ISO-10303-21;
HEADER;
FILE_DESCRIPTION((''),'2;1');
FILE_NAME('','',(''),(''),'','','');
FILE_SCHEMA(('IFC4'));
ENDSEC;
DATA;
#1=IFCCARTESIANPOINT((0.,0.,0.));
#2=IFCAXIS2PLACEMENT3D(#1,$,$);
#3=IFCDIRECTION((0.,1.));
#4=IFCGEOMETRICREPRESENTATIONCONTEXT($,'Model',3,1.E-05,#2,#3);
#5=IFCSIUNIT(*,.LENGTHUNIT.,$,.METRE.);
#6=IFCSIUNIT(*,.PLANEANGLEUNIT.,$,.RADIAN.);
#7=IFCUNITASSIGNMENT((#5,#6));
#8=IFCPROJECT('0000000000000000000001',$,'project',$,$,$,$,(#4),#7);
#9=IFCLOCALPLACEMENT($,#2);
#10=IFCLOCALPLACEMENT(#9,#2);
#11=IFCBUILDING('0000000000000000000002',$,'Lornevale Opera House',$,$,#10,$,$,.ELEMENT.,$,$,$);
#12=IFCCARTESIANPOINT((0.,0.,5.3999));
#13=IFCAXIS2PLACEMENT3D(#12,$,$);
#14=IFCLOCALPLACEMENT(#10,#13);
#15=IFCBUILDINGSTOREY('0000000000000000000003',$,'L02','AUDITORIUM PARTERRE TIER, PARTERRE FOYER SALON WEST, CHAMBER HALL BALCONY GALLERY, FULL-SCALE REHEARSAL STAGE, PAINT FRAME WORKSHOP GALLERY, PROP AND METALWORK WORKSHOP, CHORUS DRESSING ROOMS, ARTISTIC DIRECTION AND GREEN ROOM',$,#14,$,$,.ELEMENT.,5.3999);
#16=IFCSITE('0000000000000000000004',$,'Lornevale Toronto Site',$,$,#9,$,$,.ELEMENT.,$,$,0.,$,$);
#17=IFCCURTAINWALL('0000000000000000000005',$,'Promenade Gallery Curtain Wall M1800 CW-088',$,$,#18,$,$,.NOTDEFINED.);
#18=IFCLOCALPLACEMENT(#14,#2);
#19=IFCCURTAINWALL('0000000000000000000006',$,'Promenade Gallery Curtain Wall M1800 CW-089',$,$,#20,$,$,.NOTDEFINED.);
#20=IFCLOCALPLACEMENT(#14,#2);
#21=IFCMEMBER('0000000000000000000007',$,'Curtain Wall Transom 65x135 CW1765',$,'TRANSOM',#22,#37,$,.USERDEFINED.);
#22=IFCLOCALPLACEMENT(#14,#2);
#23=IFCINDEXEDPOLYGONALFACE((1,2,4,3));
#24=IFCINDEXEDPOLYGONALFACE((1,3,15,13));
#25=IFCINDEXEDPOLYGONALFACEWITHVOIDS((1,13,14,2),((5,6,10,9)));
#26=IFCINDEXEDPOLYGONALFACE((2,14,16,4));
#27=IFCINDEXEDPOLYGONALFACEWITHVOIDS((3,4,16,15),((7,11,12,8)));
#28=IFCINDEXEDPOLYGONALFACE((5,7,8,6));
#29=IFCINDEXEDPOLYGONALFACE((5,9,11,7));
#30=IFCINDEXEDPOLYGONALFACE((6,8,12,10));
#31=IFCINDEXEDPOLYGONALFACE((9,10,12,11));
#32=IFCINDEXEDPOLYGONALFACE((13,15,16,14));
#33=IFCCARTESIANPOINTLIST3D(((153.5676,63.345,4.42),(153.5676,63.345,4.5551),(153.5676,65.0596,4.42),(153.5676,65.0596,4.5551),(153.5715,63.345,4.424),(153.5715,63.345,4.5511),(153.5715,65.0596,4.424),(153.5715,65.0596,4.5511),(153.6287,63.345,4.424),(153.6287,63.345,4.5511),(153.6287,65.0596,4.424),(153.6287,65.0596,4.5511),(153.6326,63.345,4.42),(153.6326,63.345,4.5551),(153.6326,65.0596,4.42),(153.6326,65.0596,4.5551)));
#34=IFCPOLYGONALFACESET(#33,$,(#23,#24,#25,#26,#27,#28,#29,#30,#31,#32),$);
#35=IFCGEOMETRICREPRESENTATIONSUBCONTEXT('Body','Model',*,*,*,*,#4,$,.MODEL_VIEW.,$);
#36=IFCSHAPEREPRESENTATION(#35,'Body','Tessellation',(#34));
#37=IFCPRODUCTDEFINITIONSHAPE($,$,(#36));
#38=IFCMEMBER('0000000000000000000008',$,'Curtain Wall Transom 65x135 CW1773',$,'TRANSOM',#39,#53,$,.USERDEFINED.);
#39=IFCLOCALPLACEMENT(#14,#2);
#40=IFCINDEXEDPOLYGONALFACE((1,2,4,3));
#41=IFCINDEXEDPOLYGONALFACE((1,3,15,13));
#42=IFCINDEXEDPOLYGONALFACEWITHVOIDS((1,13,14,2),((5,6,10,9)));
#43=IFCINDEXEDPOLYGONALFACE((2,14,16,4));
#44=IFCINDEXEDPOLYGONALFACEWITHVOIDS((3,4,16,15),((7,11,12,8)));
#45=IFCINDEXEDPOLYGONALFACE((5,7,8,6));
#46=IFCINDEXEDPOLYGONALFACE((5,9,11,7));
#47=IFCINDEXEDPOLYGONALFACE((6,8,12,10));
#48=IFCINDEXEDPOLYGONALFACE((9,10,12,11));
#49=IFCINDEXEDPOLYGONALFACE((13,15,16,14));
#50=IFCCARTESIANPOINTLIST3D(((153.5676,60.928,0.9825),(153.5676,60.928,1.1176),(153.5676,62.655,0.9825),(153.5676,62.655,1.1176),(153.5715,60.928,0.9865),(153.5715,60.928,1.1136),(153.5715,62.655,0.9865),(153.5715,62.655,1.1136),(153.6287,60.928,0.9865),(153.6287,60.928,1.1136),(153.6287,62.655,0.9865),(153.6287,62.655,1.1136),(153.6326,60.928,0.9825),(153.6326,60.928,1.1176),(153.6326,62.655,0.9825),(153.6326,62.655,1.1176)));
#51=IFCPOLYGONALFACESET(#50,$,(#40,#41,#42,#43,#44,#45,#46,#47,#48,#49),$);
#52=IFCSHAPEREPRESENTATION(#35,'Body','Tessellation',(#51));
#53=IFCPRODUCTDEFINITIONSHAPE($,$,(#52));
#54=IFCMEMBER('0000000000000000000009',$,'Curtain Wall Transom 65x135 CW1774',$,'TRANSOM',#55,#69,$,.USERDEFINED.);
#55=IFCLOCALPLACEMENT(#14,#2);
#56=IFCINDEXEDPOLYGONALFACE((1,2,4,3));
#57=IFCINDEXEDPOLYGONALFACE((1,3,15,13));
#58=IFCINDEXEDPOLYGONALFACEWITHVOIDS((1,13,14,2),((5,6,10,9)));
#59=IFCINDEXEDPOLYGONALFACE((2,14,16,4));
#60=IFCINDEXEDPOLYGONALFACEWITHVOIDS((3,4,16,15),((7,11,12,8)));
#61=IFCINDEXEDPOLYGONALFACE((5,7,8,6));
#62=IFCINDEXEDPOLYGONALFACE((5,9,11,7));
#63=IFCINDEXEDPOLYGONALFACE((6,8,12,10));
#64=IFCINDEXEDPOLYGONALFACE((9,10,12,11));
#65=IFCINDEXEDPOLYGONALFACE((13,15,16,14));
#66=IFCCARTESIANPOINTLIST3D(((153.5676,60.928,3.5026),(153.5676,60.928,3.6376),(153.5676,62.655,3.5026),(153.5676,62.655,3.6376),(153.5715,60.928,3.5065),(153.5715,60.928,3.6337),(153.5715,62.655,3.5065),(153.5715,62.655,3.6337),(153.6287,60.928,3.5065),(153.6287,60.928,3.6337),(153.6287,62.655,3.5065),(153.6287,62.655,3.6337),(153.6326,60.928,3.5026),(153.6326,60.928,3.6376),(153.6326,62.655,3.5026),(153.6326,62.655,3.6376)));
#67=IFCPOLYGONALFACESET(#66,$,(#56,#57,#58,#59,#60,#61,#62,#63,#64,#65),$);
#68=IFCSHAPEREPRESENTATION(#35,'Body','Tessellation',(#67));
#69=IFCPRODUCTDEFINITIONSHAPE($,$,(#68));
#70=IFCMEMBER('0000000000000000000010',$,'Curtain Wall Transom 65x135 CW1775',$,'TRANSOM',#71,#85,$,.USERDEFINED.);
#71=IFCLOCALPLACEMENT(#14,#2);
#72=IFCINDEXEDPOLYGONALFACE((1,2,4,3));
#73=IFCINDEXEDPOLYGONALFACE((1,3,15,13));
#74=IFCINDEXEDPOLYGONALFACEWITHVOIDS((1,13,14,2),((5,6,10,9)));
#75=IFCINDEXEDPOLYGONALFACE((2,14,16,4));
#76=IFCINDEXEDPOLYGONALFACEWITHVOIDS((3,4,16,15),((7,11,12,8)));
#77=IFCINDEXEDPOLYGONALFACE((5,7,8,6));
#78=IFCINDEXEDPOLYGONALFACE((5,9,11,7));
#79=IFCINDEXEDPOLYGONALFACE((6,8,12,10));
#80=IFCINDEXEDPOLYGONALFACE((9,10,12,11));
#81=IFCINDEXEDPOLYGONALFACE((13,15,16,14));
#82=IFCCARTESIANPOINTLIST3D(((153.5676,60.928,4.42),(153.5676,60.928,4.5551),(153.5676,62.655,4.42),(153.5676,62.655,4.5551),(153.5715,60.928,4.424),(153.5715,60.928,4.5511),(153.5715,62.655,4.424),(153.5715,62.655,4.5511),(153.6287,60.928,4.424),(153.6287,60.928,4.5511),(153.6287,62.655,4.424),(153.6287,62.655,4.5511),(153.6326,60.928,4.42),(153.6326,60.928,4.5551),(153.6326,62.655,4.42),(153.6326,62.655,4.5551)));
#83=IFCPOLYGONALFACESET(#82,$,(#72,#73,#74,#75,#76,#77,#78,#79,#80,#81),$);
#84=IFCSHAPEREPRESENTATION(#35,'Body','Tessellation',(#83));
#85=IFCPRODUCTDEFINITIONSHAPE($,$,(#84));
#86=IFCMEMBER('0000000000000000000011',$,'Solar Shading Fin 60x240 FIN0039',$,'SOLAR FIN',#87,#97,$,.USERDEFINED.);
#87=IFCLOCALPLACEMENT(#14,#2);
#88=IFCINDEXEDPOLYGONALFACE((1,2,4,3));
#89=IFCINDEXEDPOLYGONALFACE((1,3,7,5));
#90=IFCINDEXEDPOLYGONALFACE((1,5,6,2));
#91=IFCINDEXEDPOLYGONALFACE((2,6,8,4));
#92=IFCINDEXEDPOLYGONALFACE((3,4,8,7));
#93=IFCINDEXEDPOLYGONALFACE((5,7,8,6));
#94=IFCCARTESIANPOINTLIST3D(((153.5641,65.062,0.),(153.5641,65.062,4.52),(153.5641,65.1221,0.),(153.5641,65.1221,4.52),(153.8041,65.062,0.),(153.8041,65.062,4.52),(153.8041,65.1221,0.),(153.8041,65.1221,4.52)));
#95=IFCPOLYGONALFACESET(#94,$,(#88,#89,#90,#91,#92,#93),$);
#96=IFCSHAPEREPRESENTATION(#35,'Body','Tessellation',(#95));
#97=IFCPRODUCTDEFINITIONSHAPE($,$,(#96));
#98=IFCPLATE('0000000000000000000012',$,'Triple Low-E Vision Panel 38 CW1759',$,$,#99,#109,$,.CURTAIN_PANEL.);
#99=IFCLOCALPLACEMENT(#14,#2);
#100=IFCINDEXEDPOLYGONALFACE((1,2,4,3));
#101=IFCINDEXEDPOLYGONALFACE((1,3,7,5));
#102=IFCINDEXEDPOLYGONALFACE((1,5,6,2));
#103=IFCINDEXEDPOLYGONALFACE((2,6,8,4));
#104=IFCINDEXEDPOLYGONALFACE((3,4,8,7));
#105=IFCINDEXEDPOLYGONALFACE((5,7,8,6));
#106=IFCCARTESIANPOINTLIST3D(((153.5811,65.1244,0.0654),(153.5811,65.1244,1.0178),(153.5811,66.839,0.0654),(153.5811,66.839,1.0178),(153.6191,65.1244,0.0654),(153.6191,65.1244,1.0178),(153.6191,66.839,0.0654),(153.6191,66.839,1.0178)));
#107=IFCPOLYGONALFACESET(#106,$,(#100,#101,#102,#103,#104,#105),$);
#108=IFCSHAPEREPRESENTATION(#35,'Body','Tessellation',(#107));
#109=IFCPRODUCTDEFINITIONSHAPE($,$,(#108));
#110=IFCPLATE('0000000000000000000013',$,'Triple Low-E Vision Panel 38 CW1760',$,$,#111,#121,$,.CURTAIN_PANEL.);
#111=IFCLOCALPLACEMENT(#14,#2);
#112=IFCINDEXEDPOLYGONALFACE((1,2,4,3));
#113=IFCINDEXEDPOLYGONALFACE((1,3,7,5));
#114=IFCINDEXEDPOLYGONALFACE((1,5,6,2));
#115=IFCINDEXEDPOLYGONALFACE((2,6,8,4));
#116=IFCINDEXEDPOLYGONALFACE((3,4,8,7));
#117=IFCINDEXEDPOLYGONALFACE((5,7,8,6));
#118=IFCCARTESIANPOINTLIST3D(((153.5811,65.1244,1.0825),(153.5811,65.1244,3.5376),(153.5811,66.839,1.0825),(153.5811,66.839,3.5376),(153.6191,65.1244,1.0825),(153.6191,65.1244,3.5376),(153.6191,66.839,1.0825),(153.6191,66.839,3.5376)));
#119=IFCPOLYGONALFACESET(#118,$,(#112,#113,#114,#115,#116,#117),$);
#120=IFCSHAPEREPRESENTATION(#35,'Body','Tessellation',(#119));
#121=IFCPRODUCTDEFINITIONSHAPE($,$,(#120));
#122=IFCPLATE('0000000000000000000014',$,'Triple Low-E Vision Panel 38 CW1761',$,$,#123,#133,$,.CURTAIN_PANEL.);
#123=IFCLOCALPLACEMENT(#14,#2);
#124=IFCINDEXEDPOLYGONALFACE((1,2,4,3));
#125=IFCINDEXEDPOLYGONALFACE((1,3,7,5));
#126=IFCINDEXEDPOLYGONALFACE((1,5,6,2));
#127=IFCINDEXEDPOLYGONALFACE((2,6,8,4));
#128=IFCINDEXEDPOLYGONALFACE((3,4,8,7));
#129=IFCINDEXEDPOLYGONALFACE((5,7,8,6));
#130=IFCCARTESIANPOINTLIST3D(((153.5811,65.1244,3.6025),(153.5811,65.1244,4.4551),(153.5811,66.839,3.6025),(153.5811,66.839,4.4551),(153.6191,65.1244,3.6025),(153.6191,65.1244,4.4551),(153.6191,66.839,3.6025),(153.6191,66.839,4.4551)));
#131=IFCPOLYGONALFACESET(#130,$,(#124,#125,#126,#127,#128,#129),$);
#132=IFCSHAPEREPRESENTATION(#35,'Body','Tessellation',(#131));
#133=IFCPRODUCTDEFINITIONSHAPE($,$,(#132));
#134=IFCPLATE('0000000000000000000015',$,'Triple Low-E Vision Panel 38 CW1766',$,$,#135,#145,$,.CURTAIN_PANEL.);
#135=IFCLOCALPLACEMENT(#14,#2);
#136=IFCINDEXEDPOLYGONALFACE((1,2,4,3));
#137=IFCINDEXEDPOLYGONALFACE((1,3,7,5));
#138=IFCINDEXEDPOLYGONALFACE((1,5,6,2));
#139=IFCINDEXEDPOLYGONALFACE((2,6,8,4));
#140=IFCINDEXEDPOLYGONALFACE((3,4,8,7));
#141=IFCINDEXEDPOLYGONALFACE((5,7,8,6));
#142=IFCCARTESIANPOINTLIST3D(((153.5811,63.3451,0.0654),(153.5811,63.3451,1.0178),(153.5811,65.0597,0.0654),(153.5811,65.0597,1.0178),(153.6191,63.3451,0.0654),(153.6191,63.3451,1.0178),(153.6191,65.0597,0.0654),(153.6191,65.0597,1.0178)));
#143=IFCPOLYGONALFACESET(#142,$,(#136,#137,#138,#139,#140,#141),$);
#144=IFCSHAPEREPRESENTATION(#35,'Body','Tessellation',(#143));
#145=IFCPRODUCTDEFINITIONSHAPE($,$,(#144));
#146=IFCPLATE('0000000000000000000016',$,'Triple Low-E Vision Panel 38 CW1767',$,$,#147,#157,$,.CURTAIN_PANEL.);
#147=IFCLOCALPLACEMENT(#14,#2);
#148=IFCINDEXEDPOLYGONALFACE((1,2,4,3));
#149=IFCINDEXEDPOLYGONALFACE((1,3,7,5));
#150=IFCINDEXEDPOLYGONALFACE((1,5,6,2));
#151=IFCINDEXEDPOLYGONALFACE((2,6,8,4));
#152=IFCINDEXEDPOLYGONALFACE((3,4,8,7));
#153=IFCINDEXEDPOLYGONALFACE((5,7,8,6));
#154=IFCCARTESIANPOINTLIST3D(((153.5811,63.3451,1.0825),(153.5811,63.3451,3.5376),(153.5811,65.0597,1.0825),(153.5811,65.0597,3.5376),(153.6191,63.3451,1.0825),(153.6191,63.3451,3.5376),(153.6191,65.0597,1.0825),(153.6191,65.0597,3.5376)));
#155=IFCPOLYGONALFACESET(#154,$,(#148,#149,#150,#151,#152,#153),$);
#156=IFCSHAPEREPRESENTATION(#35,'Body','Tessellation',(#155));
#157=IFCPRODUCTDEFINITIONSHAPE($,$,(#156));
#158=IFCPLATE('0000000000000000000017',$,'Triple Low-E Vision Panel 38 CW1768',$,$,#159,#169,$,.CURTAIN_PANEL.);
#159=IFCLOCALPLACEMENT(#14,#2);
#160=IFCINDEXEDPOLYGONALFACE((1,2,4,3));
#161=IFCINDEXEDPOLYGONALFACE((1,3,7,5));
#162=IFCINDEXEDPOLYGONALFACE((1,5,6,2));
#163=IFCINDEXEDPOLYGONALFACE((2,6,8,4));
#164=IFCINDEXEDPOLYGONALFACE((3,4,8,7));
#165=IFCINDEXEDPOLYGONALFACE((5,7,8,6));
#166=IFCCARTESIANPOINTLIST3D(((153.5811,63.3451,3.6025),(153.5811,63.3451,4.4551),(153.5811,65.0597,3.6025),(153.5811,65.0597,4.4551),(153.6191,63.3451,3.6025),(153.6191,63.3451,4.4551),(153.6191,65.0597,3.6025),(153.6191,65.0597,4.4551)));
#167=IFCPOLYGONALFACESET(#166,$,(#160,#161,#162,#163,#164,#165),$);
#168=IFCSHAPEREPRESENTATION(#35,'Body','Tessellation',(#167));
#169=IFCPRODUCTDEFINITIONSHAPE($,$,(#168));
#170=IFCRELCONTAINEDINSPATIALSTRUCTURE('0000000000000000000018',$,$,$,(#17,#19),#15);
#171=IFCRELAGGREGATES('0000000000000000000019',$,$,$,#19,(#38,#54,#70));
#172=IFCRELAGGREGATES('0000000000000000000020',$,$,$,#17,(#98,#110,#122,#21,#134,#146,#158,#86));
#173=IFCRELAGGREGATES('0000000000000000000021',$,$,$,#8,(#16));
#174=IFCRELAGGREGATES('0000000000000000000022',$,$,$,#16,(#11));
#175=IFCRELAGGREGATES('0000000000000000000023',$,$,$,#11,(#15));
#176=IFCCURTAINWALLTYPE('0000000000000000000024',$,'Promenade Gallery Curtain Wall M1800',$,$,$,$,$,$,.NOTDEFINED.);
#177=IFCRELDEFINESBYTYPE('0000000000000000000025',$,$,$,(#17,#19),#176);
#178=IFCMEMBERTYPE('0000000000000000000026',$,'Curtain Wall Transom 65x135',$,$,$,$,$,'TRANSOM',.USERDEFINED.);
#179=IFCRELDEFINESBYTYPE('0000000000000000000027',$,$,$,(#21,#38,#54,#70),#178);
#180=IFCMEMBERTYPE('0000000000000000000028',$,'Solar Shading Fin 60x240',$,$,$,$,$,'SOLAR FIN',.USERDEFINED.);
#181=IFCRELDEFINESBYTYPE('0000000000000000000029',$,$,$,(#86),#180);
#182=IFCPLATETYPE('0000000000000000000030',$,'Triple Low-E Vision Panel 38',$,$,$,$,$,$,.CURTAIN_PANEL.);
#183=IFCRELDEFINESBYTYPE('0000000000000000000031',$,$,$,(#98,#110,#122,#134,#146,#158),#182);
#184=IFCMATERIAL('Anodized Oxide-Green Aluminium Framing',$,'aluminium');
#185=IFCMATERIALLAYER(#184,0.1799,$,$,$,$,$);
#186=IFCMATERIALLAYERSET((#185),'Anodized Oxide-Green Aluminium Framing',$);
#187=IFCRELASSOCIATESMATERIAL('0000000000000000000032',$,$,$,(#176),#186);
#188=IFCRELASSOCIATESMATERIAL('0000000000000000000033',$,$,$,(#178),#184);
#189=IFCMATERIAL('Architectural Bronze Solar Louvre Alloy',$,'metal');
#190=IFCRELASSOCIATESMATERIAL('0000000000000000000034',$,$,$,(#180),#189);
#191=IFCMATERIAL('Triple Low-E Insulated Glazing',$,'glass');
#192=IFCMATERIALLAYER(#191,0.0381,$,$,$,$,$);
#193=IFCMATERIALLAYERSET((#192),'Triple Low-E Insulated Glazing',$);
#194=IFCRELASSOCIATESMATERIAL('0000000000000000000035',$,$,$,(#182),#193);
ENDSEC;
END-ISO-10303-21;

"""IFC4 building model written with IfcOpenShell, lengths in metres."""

from ifc_helpers import new_model, si_unit, direction, frame, origin, origin_2d, place, context, subcontext, project, spatial, rectangle, hollow_rectangle, extrude, material, layer, layer_set, material_profile, profile_set, type_object, element, aggregate, save


model = new_model("IFC4")

# Units and contexts
model_context = context("Model", 3, precision=1e-05, world=origin(), true_north=direction((0.0, 1.0)))
body_context = subcontext(model_context, "Body", "Model", "MODEL_VIEW")
ifc_project = project(units=[si_unit("LENGTHUNIT", "METRE"), si_unit("PLANEANGLEUNIT", "RADIAN")], contexts=[model_context])

# Site, building, storey
site_placement = place(None, origin())
site = spatial("IfcSite", under=ifc_project, at=site_placement, Name="Lornevale Toronto Site", CompositionType="ELEMENT", RefElevation=0.0)
building_placement = place(site_placement, origin())
building = spatial("IfcBuilding", under=site, at=building_placement, Name="Lornevale Opera House", CompositionType="ELEMENT")
storey_placement = place(building_placement, frame((0.0, 0.0, 5.3999)))
storey = spatial("IfcBuildingStorey", under=building, at=storey_placement, Name="L02", Description="AUDITORIUM PARTERRE TIER, PARTERRE FOYER SALON WEST, CHAMBER HALL BALCONY GALLERY, FULL-SCALE REHEARSAL STAGE, PAINT FRAME WORKSHOP GALLERY, PROP AND METALWORK WORKSHOP, CHORUS DRESSING ROOMS, ARTISTIC DIRECTION AND GREEN ROOM", CompositionType="ELEMENT", Elevation=5.3999)

# Curtain wall
ifc_material_1 = material(Name="Anodized Oxide-Green Aluminium Framing", Category="aluminium")
ifc_layer_1 = layer(ifc_material_1, 0.1799)
ifc_layer_set_1 = layer_set([ifc_layer_1], Name="Anodized Oxide-Green Aluminium Framing")
curtain_wall_type = type_object("IfcCurtainWallType", Name="Promenade Gallery Curtain Wall M1800", PredefinedType="NOTDEFINED", material=ifc_layer_set_1)
curtain_wall_1_placement = place(storey_placement, origin())
curtain_wall_1 = element("IfcCurtainWall", 1, at=curtain_wall_1_placement, inside=storey, type_object=curtain_wall_type, Name="Promenade Gallery Curtain Wall M1800 CW-088", PredefinedType="NOTDEFINED")

# Curtain wall
curtain_wall_2_placement = place(storey_placement, origin())
curtain_wall_2 = element("IfcCurtainWall", 2, at=curtain_wall_2_placement, inside=storey, type_object=curtain_wall_type, Name="Promenade Gallery Curtain Wall M1800 CW-089", PredefinedType="NOTDEFINED")

# Members
ifc_material_profile_1 = material_profile(ifc_material_1, hollow_rectangle(XDim=0.0649, YDim=0.135, WallThickness=0.0039, at=origin_2d()), Name="ALU65x135x4")
ifc_profile_set_1 = profile_set([ifc_material_profile_1], Name="Anodized Oxide-Green Aluminium Framing")
member_type_1 = type_object("IfcMemberType", Name="Curtain Wall Transom 65x135", ElementType="TRANSOM", PredefinedType="USERDEFINED", material=ifc_profile_set_1)
member_1_placement = place(storey_placement, frame((153.6001, 65.0596, 4.4875), z_axis=(0.0, -1.0, 0.0), x_axis=(1.0, 0.0, 0.0)))
member_1 = element("IfcMember", 3, at=member_1_placement, type_object=member_type_1, Name="Curtain Wall Transom 65x135 CW1765", ObjectType="TRANSOM", PredefinedType="USERDEFINED", context=body_context, shape_type="SweptSolid", body=[
    extrude(hollow_rectangle(XDim=0.0649, YDim=0.135, WallThickness=0.0039, at=origin_2d()), origin(), (0.0, 0.0, 1.0), 1.7146),
])
member_2_placement = place(storey_placement, frame((153.6001, 62.655, 1.05), z_axis=(0.0, -1.0, 0.0), x_axis=(1.0, 0.0, 0.0)))
member_2 = element("IfcMember", 4, at=member_2_placement, type_object=member_type_1, Name="Curtain Wall Transom 65x135 CW1773", ObjectType="TRANSOM", PredefinedType="USERDEFINED", context=body_context, shape_type="SweptSolid", body=[
    extrude(hollow_rectangle(XDim=0.0649, YDim=0.135, WallThickness=0.0039, at=origin_2d()), origin(), (0.0, 0.0, 1.0), 1.7271),
])
member_3_placement = place(storey_placement, frame((153.6001, 62.655, 3.5701), z_axis=(0.0, -1.0, 0.0), x_axis=(1.0, 0.0, 0.0)))
member_3 = element("IfcMember", 5, at=member_3_placement, type_object=member_type_1, Name="Curtain Wall Transom 65x135 CW1774", ObjectType="TRANSOM", PredefinedType="USERDEFINED", context=body_context, shape_type="SweptSolid", body=[
    extrude(hollow_rectangle(XDim=0.0649, YDim=0.135, WallThickness=0.0039, at=origin_2d()), origin(), (0.0, 0.0, 1.0), 1.7271),
])
member_4_placement = place(storey_placement, frame((153.6001, 62.655, 4.4875), z_axis=(0.0, -1.0, 0.0), x_axis=(1.0, 0.0, 0.0)))
member_4 = element("IfcMember", 6, at=member_4_placement, type_object=member_type_1, Name="Curtain Wall Transom 65x135 CW1775", ObjectType="TRANSOM", PredefinedType="USERDEFINED", context=body_context, shape_type="SweptSolid", body=[
    extrude(hollow_rectangle(XDim=0.0649, YDim=0.135, WallThickness=0.0039, at=origin_2d()), origin(), (0.0, 0.0, 1.0), 1.7271),
])
aggregate(curtain_wall_2, [member_2, member_3, member_4])
ifc_material_2 = material(Name="Architectural Bronze Solar Louvre Alloy", Category="metal")
ifc_material_profile_2 = material_profile(ifc_material_2, rectangle(XDim=0.0601, YDim=0.24, at=origin_2d()), Name="FIN60x240")
ifc_profile_set_2 = profile_set([ifc_material_profile_2], Name="Architectural Bronze Solar Louvre Alloy")
member_type_2 = type_object("IfcMemberType", Name="Solar Shading Fin 60x240", ElementType="SOLAR FIN", PredefinedType="USERDEFINED", material=ifc_profile_set_2)
member_5_placement = place(storey_placement, frame((153.6841, 65.092, 0.0), z_axis=(0.0, 0.0, 1.0), x_axis=(0.0, -1.0, 0.0)))
member_5 = element("IfcMember", 7, at=member_5_placement, type_object=member_type_2, Name="Solar Shading Fin 60x240 FIN0039", ObjectType="SOLAR FIN", PredefinedType="USERDEFINED", context=body_context, shape_type="SweptSolid", body=[
    extrude(rectangle(XDim=0.0601, YDim=0.24, at=origin_2d()), origin(), (0.0, 0.0, 1.0), 4.52),
])

# Plates
ifc_material_3 = material(Name="Triple Low-E Insulated Glazing", Category="glass")
ifc_layer_2 = layer(ifc_material_3, 0.0381)
ifc_layer_set_2 = layer_set([ifc_layer_2], Name="Triple Low-E Insulated Glazing")
plate_type = type_object("IfcPlateType", Name="Triple Low-E Vision Panel 38", PredefinedType="CURTAIN_PANEL", material=ifc_layer_set_2)
plate_1_placement = place(storey_placement, frame((153.6001, 65.9817, 0.0654), z_axis=(0.0, 0.0, 1.0), x_axis=(0.0, -1.0, 0.0)))
plate_1 = element("IfcPlate", 8, at=plate_1_placement, type_object=plate_type, Name="Triple Low-E Vision Panel 38 CW1759", PredefinedType="CURTAIN_PANEL", context=body_context, shape_type="SweptSolid", body=[
    extrude(rectangle(XDim=1.7146, YDim=0.0381, at=origin_2d()), origin(), (0.0, 0.0, 1.0), 0.9524),
])
plate_2_placement = place(storey_placement, frame((153.6001, 65.9817, 1.0825), z_axis=(0.0, 0.0, 1.0), x_axis=(0.0, -1.0, 0.0)))
plate_2 = element("IfcPlate", 9, at=plate_2_placement, type_object=plate_type, Name="Triple Low-E Vision Panel 38 CW1760", PredefinedType="CURTAIN_PANEL", context=body_context, shape_type="SweptSolid", body=[
    extrude(rectangle(XDim=1.7146, YDim=0.0381, at=origin_2d()), origin(), (0.0, 0.0, 1.0), 2.4551),
])
plate_3_placement = place(storey_placement, frame((153.6001, 65.9817, 3.6025), z_axis=(0.0, 0.0, 1.0), x_axis=(0.0, -1.0, 0.0)))
plate_3 = element("IfcPlate", 10, at=plate_3_placement, type_object=plate_type, Name="Triple Low-E Vision Panel 38 CW1761", PredefinedType="CURTAIN_PANEL", context=body_context, shape_type="SweptSolid", body=[
    extrude(rectangle(XDim=1.7146, YDim=0.0381, at=origin_2d()), origin(), (0.0, 0.0, 1.0), 0.8525),
])
plate_4_placement = place(storey_placement, frame((153.6001, 64.2024, 0.0654), z_axis=(0.0, 0.0, 1.0), x_axis=(0.0, -1.0, 0.0)))
plate_4 = element("IfcPlate", 11, at=plate_4_placement, type_object=plate_type, Name="Triple Low-E Vision Panel 38 CW1766", PredefinedType="CURTAIN_PANEL", context=body_context, shape_type="SweptSolid", body=[
    extrude(rectangle(XDim=1.7146, YDim=0.0381, at=origin_2d()), origin(), (0.0, 0.0, 1.0), 0.9524),
])
plate_5_placement = place(storey_placement, frame((153.6001, 64.2024, 1.0825), z_axis=(0.0, 0.0, 1.0), x_axis=(0.0, -1.0, 0.0)))
plate_5 = element("IfcPlate", 12, at=plate_5_placement, type_object=plate_type, Name="Triple Low-E Vision Panel 38 CW1767", PredefinedType="CURTAIN_PANEL", context=body_context, shape_type="SweptSolid", body=[
    extrude(rectangle(XDim=1.7146, YDim=0.0381, at=origin_2d()), origin(), (0.0, 0.0, 1.0), 2.4551),
])
plate_6_placement = place(storey_placement, frame((153.6001, 64.2024, 3.6025), z_axis=(0.0, 0.0, 1.0), x_axis=(0.0, -1.0, 0.0)))
plate_6 = element("IfcPlate", 13, at=plate_6_placement, type_object=plate_type, Name="Triple Low-E Vision Panel 38 CW1768", PredefinedType="CURTAIN_PANEL", context=body_context, shape_type="SweptSolid", body=[
    extrude(rectangle(XDim=1.7146, YDim=0.0381, at=origin_2d()), origin(), (0.0, 0.0, 1.0), 0.8525),
])
aggregate(curtain_wall_1, [plate_1, plate_2, plate_3, member_1, plate_4, plate_5, plate_6, member_5])

save(model, "model.ifc")
